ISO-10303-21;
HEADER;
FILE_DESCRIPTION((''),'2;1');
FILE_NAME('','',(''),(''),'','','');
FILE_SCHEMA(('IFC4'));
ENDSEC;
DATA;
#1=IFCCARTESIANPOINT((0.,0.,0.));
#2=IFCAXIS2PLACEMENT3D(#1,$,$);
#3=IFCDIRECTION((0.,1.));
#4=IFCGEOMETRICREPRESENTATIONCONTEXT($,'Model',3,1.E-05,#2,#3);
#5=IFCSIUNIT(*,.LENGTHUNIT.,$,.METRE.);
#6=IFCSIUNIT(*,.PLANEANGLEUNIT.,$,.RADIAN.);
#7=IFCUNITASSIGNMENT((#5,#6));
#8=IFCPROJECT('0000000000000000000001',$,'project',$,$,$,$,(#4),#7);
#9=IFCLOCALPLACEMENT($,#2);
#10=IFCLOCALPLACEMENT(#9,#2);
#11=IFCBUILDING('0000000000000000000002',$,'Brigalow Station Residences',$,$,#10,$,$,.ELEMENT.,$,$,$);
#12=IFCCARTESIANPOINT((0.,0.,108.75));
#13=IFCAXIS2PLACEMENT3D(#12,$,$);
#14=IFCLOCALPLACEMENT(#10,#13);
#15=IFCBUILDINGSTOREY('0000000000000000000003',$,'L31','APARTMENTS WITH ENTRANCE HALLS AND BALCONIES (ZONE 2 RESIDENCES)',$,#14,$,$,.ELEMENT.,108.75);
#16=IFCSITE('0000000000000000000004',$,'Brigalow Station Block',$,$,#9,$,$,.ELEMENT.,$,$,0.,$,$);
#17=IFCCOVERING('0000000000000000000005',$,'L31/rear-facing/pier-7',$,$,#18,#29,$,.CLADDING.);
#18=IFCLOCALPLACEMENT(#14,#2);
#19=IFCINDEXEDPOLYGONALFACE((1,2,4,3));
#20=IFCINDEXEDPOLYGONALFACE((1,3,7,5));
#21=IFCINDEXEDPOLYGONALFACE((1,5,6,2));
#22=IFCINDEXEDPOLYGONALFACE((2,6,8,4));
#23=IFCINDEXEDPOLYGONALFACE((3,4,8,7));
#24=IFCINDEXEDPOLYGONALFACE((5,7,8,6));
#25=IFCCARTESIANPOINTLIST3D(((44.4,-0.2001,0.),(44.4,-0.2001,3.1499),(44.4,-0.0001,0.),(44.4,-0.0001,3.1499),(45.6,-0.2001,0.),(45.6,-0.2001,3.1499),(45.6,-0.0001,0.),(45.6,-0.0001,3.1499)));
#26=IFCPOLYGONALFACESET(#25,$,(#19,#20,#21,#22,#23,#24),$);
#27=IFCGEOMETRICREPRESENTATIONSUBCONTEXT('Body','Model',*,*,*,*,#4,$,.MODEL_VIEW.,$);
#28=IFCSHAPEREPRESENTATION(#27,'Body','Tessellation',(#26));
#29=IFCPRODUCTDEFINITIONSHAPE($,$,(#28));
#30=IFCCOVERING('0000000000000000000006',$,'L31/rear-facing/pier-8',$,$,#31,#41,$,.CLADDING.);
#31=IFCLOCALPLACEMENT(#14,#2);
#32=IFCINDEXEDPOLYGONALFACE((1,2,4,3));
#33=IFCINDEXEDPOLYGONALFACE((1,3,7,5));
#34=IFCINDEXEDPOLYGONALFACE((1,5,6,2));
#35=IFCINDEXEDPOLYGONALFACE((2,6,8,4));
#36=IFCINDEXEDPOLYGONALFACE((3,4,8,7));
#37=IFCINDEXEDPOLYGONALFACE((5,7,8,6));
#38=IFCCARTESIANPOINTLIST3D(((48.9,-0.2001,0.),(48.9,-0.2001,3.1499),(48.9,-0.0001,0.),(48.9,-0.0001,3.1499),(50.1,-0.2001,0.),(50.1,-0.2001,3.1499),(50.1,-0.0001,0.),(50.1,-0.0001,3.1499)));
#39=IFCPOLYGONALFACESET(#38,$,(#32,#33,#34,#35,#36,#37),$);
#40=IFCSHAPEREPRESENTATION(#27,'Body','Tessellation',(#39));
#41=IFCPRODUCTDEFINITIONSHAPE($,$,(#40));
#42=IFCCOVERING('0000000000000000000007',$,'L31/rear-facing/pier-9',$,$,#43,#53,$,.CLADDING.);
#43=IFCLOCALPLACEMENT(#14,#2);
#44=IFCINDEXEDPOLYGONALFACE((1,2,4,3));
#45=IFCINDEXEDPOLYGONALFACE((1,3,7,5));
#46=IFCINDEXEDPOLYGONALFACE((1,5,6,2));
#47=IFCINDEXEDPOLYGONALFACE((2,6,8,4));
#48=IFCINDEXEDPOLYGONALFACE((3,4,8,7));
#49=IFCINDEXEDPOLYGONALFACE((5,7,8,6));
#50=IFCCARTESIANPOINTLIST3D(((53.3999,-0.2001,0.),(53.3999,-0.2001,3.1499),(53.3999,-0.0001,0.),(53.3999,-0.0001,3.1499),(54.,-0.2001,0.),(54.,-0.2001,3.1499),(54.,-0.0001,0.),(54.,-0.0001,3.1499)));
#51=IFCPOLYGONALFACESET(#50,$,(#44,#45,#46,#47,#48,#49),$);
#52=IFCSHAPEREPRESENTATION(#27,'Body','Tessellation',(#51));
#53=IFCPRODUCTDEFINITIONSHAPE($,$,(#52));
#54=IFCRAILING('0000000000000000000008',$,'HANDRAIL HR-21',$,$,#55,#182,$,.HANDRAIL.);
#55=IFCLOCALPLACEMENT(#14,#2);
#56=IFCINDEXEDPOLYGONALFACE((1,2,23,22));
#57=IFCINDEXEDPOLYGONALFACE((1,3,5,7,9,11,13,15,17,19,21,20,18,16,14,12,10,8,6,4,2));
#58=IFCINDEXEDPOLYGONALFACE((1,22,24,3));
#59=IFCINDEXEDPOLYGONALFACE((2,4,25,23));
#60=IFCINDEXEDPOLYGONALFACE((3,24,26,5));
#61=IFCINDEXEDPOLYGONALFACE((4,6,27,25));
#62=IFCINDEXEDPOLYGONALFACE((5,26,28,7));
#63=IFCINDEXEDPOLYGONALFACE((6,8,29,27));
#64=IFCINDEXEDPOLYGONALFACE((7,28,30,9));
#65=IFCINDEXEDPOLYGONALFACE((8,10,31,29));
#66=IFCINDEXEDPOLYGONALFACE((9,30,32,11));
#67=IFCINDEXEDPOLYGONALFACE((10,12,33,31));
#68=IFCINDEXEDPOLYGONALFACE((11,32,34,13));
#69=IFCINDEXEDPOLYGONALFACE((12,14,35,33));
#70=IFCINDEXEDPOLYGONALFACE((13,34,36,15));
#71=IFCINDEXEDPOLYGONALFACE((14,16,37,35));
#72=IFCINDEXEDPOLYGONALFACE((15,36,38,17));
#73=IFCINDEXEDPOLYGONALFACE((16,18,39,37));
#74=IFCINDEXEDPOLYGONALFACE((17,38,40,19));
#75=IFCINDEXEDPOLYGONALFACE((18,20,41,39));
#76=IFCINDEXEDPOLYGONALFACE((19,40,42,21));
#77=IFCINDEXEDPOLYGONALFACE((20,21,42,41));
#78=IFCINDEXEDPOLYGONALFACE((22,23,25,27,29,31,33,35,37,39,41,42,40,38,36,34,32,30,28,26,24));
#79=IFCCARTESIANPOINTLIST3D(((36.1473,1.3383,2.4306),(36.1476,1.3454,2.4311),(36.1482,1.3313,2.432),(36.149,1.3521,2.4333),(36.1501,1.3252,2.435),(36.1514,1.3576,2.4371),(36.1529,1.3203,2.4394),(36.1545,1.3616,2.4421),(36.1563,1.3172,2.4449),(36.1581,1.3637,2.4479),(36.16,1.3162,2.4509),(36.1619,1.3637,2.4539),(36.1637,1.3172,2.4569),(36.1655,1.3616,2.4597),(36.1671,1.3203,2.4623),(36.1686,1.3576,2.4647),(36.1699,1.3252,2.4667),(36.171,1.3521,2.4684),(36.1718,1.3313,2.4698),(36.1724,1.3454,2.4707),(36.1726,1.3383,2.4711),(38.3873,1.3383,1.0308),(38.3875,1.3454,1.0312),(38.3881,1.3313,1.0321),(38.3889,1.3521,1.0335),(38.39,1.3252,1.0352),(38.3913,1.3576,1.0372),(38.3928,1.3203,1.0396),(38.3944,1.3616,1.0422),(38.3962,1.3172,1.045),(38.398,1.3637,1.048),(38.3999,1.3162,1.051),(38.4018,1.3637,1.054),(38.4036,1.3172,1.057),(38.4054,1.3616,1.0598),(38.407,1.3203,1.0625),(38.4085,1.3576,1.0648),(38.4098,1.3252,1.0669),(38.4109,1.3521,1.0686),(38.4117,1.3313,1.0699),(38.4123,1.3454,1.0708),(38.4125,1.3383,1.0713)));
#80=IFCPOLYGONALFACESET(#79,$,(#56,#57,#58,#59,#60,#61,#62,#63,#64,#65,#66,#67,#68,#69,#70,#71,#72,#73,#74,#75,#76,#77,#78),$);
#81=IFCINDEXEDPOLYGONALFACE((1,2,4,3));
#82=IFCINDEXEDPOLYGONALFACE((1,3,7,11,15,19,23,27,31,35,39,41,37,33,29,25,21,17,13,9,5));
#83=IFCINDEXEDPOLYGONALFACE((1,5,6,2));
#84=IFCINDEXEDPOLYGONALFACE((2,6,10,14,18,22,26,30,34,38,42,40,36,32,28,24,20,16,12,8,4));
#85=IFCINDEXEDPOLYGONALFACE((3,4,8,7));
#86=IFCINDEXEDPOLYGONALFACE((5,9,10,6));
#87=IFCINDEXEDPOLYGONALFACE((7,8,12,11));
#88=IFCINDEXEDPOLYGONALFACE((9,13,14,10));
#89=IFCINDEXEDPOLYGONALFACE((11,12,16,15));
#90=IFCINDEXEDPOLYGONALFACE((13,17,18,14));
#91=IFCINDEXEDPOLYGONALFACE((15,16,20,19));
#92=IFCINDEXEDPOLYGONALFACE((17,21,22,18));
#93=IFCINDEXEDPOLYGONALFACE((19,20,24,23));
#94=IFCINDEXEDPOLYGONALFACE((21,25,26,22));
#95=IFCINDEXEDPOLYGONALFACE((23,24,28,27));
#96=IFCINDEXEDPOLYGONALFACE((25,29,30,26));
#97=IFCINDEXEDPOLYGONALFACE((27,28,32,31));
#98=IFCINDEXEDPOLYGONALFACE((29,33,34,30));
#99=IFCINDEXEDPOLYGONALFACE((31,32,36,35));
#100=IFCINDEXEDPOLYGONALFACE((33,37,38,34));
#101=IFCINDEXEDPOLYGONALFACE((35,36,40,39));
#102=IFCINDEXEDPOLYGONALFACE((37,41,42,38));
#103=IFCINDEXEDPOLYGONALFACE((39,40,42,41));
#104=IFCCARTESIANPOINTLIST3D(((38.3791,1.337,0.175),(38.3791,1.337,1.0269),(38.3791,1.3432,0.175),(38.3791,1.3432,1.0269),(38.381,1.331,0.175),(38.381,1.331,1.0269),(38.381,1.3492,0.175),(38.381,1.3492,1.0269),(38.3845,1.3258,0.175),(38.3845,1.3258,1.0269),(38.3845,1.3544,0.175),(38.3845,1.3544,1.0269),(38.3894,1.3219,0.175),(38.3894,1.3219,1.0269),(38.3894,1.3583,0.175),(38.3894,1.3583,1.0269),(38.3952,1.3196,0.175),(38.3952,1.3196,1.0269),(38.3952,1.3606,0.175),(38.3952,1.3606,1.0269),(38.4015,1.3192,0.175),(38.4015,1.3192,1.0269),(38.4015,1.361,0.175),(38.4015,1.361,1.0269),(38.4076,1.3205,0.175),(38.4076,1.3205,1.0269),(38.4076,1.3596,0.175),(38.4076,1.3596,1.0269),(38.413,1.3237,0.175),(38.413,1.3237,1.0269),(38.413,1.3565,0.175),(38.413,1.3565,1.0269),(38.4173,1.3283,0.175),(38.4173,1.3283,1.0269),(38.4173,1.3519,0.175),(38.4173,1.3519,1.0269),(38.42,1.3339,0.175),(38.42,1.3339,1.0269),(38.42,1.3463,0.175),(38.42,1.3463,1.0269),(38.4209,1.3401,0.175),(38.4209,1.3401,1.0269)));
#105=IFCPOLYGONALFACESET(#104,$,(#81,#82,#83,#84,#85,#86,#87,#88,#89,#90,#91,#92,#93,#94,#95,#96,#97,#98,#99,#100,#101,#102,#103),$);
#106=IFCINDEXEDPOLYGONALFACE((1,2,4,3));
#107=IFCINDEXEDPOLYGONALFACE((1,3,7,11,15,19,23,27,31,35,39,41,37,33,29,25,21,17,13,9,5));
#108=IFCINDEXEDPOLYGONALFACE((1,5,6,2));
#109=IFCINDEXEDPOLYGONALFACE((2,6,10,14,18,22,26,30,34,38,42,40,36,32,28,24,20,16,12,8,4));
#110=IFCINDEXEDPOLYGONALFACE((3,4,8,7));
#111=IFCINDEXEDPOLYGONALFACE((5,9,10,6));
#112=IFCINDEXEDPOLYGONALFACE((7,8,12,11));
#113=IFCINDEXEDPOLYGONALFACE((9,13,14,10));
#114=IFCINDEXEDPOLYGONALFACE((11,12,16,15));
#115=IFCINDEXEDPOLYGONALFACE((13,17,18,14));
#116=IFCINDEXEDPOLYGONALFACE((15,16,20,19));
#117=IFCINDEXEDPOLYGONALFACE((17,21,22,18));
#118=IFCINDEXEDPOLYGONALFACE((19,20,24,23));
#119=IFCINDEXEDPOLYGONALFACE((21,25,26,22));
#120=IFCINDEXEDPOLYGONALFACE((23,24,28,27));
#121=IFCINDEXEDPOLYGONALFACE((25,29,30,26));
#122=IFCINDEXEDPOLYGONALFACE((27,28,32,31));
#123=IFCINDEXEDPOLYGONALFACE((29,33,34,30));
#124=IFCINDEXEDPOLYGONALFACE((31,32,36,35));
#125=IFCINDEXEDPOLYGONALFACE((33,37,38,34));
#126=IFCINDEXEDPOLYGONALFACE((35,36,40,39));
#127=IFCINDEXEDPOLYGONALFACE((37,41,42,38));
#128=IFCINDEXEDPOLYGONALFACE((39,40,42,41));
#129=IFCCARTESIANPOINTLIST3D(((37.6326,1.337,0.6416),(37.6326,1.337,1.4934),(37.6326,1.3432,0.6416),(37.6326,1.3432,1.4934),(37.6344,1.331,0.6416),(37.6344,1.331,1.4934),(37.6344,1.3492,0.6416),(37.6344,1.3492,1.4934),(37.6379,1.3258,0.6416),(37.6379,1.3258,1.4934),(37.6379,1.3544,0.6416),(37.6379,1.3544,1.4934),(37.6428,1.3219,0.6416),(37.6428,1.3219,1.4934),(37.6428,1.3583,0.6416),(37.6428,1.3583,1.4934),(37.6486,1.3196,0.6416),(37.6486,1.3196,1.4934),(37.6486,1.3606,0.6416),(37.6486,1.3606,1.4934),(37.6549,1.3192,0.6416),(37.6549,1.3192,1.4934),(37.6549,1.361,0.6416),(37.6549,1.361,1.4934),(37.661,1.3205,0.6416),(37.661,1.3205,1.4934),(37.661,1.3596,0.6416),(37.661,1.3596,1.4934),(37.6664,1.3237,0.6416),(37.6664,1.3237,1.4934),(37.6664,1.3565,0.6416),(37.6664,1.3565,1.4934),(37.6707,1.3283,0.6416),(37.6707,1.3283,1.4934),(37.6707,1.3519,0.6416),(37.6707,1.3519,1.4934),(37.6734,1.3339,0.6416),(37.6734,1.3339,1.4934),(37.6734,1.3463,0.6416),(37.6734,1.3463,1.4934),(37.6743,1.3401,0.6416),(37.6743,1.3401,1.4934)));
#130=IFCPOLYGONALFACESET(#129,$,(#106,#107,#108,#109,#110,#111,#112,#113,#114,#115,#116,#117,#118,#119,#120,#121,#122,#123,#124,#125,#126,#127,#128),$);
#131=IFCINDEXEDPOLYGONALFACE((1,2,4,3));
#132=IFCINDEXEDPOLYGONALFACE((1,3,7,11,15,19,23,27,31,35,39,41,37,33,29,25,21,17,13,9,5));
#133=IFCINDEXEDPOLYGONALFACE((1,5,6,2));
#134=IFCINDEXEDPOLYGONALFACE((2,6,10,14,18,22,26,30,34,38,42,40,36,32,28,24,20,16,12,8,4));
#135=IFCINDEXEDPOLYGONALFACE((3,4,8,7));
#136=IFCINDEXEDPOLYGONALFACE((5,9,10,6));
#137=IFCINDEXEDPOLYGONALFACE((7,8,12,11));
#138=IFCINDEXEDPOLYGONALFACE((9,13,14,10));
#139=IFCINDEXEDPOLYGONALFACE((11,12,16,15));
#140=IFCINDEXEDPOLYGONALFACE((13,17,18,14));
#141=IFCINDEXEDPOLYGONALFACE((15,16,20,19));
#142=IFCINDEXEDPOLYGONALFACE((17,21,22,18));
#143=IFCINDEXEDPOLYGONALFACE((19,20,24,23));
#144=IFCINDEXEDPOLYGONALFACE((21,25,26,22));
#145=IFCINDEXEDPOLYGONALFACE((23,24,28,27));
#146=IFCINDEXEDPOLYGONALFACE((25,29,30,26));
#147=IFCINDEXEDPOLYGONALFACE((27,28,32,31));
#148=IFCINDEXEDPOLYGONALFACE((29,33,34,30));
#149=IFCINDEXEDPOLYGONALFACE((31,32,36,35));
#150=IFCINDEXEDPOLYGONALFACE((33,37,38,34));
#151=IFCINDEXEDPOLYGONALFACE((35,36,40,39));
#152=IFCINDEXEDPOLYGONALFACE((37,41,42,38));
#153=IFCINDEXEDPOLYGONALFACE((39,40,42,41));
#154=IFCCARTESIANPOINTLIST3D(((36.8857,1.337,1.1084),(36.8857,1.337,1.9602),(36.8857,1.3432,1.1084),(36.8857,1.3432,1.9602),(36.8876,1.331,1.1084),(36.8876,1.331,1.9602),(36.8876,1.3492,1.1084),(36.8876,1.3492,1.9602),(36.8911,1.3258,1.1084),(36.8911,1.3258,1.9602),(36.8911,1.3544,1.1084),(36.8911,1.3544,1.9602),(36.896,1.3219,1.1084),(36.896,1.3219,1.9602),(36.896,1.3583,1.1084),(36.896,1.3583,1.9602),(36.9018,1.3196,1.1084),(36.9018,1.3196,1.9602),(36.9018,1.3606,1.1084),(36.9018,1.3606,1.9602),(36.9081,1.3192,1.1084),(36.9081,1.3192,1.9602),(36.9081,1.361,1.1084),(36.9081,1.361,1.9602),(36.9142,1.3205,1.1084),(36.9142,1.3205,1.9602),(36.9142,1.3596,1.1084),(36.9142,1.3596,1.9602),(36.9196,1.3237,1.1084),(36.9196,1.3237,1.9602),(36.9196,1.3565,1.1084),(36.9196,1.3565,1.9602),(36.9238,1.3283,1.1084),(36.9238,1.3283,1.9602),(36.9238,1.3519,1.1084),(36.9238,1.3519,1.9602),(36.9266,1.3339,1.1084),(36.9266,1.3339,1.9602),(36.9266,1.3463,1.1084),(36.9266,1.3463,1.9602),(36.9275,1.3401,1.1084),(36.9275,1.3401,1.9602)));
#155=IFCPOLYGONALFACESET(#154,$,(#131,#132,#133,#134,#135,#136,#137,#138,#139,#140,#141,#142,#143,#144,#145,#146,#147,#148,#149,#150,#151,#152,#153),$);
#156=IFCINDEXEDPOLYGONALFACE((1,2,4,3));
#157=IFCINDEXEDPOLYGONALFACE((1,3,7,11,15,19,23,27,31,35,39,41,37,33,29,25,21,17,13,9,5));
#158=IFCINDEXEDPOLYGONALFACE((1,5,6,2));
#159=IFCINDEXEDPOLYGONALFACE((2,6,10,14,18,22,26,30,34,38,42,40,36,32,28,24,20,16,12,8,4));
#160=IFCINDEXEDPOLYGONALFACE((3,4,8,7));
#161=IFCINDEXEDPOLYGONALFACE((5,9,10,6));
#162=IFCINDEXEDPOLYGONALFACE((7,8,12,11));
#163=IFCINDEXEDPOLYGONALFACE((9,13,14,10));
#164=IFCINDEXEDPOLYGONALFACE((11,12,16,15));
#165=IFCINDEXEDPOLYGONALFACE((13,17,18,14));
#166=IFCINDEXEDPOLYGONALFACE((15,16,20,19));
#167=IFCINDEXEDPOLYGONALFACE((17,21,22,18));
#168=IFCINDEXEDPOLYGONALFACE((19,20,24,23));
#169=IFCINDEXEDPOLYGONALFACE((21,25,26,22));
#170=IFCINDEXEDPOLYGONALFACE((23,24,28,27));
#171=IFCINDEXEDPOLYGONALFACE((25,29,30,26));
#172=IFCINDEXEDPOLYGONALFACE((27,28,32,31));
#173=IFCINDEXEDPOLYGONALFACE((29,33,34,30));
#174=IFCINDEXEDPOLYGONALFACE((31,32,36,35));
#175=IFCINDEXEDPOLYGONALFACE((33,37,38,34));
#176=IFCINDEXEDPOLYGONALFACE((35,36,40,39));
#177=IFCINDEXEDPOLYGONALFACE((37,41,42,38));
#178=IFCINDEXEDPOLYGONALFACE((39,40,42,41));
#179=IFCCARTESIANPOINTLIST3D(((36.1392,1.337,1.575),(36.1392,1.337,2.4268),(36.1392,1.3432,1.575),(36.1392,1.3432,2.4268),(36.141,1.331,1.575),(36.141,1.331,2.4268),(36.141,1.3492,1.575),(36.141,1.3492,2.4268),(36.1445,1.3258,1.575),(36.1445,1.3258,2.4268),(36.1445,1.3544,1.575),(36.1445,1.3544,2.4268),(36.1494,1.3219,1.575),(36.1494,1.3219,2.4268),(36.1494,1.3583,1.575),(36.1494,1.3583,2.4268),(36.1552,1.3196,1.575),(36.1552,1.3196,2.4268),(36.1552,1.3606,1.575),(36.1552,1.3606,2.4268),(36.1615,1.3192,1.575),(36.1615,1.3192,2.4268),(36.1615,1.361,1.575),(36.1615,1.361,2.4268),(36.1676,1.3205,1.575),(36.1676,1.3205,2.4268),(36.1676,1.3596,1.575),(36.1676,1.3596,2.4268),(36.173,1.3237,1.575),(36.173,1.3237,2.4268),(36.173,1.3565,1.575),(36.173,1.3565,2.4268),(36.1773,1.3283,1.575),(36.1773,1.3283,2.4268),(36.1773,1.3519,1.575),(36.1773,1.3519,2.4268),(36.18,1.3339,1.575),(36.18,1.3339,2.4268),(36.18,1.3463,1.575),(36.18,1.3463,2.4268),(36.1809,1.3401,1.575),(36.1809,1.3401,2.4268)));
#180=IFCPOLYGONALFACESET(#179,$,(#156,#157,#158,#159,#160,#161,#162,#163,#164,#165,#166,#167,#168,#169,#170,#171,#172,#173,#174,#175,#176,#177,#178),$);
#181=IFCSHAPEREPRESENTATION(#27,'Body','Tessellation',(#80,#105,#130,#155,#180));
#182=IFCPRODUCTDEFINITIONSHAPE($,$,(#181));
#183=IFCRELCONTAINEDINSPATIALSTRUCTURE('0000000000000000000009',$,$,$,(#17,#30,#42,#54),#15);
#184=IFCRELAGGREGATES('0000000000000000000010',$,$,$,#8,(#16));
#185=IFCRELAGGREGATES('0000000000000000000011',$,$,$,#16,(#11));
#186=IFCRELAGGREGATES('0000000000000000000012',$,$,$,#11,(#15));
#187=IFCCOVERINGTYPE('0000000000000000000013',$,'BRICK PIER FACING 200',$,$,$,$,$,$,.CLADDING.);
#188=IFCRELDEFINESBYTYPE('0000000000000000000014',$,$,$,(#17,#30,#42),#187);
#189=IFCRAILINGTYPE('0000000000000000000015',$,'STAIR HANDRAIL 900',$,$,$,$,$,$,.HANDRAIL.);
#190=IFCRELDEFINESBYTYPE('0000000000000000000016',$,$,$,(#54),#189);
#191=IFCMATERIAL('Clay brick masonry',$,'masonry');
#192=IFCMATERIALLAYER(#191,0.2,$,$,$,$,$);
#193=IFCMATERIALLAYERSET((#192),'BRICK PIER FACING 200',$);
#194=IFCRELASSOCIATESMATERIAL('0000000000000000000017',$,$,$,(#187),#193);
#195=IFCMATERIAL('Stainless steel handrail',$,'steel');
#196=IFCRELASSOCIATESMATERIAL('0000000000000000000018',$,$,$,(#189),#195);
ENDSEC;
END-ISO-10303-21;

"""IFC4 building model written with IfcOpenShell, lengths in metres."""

from ifc_helpers import new_model, si_unit, direction, frame, origin, origin_2d, place, context, subcontext, project, spatial, rectangle, circle, extrude, material, layer, layer_set, type_object, element, save


model = new_model("IFC4")

# Units and contexts
model_context = context("Model", 3, precision=1e-05, world=origin(), true_north=direction((0.0, 1.0)))
body_context = subcontext(model_context, "Body", "Model", "MODEL_VIEW")
ifc_project = project(units=[si_unit("LENGTHUNIT", "METRE"), si_unit("PLANEANGLEUNIT", "RADIAN")], contexts=[model_context])

# Site, building, storey
site_placement = place(None, origin())
site = spatial("IfcSite", under=ifc_project, at=site_placement, Name="Brigalow Station Block", CompositionType="ELEMENT", RefElevation=0.0)
building_placement = place(site_placement, origin())
building = spatial("IfcBuilding", under=site, at=building_placement, Name="Brigalow Station Residences", CompositionType="ELEMENT")
storey_placement = place(building_placement, frame((0.0, 0.0, 108.75)))
storey = spatial("IfcBuildingStorey", under=building, at=storey_placement, Name="L31", Description="APARTMENTS WITH ENTRANCE HALLS AND BALCONIES (ZONE 2 RESIDENCES)", CompositionType="ELEMENT", Elevation=108.75)

# Coverings
ifc_material_1 = material(Name="Clay brick masonry", Category="masonry")
ifc_layer_1 = layer(ifc_material_1, 0.2)
ifc_layer_set_1 = layer_set([ifc_layer_1], Name="BRICK PIER FACING 200")
covering_type_1 = type_object("IfcCoveringType", Name="BRICK PIER FACING 200", PredefinedType="CLADDING", material=ifc_layer_set_1)
for number, where, z_axis, x_axis, name in (
    (1, (45.0, -0.1001, 0.0), (0.0, 0.0, 1.0), (1.0, 0.0, 0.0), "L31/rear-facing/pier-7"),
    (2, (49.5, -0.1001, 0.0), (0.0, 0.0, 1.0), (1.0, 0.0, 0.0), "L31/rear-facing/pier-8"),
):
    element("IfcCovering", number, at=place(storey_placement, frame(where, z_axis=z_axis, x_axis=x_axis)), inside=storey, type_object=covering_type_1, Name=name, PredefinedType="CLADDING", context=body_context, shape_type="SweptSolid", body=[
        extrude(rectangle(XDim=1.2, YDim=0.2, at=origin_2d()), origin(), (0.0, 0.0, 1.0), 3.1499),
    ])
covering_placement = place(storey_placement, frame((53.7, -0.1001, 0.0), z_axis=(0.0, 0.0, 1.0), x_axis=(1.0, 0.0, 0.0)))
element("IfcCovering", 3, at=covering_placement, inside=storey, type_object=covering_type_1, Name="L31/rear-facing/pier-9", PredefinedType="CLADDING", context=body_context, shape_type="SweptSolid", body=[
    extrude(rectangle(XDim=0.6001, YDim=0.2, at=origin_2d()), origin(), (0.0, 0.0, 1.0), 3.1499),
])

# Railing
ifc_material_2 = material(Name="Stainless steel handrail", Category="steel")
railing_type_1 = type_object("IfcRailingType", Name="STAIR HANDRAIL 900", PredefinedType="HANDRAIL", material=ifc_material_2)
railing_1_placement = place(storey_placement, frame((38.3999, 1.3401, 0.175)))
element("IfcRailing", 4, at=railing_1_placement, inside=storey, type_object=railing_type_1, Name="HANDRAIL HR-21", PredefinedType="HANDRAIL", context=body_context, shape_type="SweptSolid", body=[
    extrude(circle(Radius=0.0239, at=origin_2d()), frame((0.0, 0.0, 0.876), z_axis=(-0.848014, 0.0, 0.529974), x_axis=(0.0, -1.0, 0.0)), (0.0, 0.0, 1.0), 2.6414),
    extrude(circle(Radius=0.021, at=origin_2d()), origin(), (0.0, 0.0, 1.0), 0.8518),
    extrude(circle(Radius=0.021, at=origin_2d()), frame((-0.7466, 0.0, 0.4666)), (0.0, 0.0, 1.0), 0.8518),
    extrude(circle(Radius=0.021, at=origin_2d()), frame((-1.4934, 0.0, 0.9333)), (0.0, 0.0, 1.0), 0.8518),
    extrude(circle(Radius=0.021, at=origin_2d()), frame((-2.24, 0.0, 1.3999)), (0.0, 0.0, 1.0), 0.8518),
])

save(model, "model.ifc")
